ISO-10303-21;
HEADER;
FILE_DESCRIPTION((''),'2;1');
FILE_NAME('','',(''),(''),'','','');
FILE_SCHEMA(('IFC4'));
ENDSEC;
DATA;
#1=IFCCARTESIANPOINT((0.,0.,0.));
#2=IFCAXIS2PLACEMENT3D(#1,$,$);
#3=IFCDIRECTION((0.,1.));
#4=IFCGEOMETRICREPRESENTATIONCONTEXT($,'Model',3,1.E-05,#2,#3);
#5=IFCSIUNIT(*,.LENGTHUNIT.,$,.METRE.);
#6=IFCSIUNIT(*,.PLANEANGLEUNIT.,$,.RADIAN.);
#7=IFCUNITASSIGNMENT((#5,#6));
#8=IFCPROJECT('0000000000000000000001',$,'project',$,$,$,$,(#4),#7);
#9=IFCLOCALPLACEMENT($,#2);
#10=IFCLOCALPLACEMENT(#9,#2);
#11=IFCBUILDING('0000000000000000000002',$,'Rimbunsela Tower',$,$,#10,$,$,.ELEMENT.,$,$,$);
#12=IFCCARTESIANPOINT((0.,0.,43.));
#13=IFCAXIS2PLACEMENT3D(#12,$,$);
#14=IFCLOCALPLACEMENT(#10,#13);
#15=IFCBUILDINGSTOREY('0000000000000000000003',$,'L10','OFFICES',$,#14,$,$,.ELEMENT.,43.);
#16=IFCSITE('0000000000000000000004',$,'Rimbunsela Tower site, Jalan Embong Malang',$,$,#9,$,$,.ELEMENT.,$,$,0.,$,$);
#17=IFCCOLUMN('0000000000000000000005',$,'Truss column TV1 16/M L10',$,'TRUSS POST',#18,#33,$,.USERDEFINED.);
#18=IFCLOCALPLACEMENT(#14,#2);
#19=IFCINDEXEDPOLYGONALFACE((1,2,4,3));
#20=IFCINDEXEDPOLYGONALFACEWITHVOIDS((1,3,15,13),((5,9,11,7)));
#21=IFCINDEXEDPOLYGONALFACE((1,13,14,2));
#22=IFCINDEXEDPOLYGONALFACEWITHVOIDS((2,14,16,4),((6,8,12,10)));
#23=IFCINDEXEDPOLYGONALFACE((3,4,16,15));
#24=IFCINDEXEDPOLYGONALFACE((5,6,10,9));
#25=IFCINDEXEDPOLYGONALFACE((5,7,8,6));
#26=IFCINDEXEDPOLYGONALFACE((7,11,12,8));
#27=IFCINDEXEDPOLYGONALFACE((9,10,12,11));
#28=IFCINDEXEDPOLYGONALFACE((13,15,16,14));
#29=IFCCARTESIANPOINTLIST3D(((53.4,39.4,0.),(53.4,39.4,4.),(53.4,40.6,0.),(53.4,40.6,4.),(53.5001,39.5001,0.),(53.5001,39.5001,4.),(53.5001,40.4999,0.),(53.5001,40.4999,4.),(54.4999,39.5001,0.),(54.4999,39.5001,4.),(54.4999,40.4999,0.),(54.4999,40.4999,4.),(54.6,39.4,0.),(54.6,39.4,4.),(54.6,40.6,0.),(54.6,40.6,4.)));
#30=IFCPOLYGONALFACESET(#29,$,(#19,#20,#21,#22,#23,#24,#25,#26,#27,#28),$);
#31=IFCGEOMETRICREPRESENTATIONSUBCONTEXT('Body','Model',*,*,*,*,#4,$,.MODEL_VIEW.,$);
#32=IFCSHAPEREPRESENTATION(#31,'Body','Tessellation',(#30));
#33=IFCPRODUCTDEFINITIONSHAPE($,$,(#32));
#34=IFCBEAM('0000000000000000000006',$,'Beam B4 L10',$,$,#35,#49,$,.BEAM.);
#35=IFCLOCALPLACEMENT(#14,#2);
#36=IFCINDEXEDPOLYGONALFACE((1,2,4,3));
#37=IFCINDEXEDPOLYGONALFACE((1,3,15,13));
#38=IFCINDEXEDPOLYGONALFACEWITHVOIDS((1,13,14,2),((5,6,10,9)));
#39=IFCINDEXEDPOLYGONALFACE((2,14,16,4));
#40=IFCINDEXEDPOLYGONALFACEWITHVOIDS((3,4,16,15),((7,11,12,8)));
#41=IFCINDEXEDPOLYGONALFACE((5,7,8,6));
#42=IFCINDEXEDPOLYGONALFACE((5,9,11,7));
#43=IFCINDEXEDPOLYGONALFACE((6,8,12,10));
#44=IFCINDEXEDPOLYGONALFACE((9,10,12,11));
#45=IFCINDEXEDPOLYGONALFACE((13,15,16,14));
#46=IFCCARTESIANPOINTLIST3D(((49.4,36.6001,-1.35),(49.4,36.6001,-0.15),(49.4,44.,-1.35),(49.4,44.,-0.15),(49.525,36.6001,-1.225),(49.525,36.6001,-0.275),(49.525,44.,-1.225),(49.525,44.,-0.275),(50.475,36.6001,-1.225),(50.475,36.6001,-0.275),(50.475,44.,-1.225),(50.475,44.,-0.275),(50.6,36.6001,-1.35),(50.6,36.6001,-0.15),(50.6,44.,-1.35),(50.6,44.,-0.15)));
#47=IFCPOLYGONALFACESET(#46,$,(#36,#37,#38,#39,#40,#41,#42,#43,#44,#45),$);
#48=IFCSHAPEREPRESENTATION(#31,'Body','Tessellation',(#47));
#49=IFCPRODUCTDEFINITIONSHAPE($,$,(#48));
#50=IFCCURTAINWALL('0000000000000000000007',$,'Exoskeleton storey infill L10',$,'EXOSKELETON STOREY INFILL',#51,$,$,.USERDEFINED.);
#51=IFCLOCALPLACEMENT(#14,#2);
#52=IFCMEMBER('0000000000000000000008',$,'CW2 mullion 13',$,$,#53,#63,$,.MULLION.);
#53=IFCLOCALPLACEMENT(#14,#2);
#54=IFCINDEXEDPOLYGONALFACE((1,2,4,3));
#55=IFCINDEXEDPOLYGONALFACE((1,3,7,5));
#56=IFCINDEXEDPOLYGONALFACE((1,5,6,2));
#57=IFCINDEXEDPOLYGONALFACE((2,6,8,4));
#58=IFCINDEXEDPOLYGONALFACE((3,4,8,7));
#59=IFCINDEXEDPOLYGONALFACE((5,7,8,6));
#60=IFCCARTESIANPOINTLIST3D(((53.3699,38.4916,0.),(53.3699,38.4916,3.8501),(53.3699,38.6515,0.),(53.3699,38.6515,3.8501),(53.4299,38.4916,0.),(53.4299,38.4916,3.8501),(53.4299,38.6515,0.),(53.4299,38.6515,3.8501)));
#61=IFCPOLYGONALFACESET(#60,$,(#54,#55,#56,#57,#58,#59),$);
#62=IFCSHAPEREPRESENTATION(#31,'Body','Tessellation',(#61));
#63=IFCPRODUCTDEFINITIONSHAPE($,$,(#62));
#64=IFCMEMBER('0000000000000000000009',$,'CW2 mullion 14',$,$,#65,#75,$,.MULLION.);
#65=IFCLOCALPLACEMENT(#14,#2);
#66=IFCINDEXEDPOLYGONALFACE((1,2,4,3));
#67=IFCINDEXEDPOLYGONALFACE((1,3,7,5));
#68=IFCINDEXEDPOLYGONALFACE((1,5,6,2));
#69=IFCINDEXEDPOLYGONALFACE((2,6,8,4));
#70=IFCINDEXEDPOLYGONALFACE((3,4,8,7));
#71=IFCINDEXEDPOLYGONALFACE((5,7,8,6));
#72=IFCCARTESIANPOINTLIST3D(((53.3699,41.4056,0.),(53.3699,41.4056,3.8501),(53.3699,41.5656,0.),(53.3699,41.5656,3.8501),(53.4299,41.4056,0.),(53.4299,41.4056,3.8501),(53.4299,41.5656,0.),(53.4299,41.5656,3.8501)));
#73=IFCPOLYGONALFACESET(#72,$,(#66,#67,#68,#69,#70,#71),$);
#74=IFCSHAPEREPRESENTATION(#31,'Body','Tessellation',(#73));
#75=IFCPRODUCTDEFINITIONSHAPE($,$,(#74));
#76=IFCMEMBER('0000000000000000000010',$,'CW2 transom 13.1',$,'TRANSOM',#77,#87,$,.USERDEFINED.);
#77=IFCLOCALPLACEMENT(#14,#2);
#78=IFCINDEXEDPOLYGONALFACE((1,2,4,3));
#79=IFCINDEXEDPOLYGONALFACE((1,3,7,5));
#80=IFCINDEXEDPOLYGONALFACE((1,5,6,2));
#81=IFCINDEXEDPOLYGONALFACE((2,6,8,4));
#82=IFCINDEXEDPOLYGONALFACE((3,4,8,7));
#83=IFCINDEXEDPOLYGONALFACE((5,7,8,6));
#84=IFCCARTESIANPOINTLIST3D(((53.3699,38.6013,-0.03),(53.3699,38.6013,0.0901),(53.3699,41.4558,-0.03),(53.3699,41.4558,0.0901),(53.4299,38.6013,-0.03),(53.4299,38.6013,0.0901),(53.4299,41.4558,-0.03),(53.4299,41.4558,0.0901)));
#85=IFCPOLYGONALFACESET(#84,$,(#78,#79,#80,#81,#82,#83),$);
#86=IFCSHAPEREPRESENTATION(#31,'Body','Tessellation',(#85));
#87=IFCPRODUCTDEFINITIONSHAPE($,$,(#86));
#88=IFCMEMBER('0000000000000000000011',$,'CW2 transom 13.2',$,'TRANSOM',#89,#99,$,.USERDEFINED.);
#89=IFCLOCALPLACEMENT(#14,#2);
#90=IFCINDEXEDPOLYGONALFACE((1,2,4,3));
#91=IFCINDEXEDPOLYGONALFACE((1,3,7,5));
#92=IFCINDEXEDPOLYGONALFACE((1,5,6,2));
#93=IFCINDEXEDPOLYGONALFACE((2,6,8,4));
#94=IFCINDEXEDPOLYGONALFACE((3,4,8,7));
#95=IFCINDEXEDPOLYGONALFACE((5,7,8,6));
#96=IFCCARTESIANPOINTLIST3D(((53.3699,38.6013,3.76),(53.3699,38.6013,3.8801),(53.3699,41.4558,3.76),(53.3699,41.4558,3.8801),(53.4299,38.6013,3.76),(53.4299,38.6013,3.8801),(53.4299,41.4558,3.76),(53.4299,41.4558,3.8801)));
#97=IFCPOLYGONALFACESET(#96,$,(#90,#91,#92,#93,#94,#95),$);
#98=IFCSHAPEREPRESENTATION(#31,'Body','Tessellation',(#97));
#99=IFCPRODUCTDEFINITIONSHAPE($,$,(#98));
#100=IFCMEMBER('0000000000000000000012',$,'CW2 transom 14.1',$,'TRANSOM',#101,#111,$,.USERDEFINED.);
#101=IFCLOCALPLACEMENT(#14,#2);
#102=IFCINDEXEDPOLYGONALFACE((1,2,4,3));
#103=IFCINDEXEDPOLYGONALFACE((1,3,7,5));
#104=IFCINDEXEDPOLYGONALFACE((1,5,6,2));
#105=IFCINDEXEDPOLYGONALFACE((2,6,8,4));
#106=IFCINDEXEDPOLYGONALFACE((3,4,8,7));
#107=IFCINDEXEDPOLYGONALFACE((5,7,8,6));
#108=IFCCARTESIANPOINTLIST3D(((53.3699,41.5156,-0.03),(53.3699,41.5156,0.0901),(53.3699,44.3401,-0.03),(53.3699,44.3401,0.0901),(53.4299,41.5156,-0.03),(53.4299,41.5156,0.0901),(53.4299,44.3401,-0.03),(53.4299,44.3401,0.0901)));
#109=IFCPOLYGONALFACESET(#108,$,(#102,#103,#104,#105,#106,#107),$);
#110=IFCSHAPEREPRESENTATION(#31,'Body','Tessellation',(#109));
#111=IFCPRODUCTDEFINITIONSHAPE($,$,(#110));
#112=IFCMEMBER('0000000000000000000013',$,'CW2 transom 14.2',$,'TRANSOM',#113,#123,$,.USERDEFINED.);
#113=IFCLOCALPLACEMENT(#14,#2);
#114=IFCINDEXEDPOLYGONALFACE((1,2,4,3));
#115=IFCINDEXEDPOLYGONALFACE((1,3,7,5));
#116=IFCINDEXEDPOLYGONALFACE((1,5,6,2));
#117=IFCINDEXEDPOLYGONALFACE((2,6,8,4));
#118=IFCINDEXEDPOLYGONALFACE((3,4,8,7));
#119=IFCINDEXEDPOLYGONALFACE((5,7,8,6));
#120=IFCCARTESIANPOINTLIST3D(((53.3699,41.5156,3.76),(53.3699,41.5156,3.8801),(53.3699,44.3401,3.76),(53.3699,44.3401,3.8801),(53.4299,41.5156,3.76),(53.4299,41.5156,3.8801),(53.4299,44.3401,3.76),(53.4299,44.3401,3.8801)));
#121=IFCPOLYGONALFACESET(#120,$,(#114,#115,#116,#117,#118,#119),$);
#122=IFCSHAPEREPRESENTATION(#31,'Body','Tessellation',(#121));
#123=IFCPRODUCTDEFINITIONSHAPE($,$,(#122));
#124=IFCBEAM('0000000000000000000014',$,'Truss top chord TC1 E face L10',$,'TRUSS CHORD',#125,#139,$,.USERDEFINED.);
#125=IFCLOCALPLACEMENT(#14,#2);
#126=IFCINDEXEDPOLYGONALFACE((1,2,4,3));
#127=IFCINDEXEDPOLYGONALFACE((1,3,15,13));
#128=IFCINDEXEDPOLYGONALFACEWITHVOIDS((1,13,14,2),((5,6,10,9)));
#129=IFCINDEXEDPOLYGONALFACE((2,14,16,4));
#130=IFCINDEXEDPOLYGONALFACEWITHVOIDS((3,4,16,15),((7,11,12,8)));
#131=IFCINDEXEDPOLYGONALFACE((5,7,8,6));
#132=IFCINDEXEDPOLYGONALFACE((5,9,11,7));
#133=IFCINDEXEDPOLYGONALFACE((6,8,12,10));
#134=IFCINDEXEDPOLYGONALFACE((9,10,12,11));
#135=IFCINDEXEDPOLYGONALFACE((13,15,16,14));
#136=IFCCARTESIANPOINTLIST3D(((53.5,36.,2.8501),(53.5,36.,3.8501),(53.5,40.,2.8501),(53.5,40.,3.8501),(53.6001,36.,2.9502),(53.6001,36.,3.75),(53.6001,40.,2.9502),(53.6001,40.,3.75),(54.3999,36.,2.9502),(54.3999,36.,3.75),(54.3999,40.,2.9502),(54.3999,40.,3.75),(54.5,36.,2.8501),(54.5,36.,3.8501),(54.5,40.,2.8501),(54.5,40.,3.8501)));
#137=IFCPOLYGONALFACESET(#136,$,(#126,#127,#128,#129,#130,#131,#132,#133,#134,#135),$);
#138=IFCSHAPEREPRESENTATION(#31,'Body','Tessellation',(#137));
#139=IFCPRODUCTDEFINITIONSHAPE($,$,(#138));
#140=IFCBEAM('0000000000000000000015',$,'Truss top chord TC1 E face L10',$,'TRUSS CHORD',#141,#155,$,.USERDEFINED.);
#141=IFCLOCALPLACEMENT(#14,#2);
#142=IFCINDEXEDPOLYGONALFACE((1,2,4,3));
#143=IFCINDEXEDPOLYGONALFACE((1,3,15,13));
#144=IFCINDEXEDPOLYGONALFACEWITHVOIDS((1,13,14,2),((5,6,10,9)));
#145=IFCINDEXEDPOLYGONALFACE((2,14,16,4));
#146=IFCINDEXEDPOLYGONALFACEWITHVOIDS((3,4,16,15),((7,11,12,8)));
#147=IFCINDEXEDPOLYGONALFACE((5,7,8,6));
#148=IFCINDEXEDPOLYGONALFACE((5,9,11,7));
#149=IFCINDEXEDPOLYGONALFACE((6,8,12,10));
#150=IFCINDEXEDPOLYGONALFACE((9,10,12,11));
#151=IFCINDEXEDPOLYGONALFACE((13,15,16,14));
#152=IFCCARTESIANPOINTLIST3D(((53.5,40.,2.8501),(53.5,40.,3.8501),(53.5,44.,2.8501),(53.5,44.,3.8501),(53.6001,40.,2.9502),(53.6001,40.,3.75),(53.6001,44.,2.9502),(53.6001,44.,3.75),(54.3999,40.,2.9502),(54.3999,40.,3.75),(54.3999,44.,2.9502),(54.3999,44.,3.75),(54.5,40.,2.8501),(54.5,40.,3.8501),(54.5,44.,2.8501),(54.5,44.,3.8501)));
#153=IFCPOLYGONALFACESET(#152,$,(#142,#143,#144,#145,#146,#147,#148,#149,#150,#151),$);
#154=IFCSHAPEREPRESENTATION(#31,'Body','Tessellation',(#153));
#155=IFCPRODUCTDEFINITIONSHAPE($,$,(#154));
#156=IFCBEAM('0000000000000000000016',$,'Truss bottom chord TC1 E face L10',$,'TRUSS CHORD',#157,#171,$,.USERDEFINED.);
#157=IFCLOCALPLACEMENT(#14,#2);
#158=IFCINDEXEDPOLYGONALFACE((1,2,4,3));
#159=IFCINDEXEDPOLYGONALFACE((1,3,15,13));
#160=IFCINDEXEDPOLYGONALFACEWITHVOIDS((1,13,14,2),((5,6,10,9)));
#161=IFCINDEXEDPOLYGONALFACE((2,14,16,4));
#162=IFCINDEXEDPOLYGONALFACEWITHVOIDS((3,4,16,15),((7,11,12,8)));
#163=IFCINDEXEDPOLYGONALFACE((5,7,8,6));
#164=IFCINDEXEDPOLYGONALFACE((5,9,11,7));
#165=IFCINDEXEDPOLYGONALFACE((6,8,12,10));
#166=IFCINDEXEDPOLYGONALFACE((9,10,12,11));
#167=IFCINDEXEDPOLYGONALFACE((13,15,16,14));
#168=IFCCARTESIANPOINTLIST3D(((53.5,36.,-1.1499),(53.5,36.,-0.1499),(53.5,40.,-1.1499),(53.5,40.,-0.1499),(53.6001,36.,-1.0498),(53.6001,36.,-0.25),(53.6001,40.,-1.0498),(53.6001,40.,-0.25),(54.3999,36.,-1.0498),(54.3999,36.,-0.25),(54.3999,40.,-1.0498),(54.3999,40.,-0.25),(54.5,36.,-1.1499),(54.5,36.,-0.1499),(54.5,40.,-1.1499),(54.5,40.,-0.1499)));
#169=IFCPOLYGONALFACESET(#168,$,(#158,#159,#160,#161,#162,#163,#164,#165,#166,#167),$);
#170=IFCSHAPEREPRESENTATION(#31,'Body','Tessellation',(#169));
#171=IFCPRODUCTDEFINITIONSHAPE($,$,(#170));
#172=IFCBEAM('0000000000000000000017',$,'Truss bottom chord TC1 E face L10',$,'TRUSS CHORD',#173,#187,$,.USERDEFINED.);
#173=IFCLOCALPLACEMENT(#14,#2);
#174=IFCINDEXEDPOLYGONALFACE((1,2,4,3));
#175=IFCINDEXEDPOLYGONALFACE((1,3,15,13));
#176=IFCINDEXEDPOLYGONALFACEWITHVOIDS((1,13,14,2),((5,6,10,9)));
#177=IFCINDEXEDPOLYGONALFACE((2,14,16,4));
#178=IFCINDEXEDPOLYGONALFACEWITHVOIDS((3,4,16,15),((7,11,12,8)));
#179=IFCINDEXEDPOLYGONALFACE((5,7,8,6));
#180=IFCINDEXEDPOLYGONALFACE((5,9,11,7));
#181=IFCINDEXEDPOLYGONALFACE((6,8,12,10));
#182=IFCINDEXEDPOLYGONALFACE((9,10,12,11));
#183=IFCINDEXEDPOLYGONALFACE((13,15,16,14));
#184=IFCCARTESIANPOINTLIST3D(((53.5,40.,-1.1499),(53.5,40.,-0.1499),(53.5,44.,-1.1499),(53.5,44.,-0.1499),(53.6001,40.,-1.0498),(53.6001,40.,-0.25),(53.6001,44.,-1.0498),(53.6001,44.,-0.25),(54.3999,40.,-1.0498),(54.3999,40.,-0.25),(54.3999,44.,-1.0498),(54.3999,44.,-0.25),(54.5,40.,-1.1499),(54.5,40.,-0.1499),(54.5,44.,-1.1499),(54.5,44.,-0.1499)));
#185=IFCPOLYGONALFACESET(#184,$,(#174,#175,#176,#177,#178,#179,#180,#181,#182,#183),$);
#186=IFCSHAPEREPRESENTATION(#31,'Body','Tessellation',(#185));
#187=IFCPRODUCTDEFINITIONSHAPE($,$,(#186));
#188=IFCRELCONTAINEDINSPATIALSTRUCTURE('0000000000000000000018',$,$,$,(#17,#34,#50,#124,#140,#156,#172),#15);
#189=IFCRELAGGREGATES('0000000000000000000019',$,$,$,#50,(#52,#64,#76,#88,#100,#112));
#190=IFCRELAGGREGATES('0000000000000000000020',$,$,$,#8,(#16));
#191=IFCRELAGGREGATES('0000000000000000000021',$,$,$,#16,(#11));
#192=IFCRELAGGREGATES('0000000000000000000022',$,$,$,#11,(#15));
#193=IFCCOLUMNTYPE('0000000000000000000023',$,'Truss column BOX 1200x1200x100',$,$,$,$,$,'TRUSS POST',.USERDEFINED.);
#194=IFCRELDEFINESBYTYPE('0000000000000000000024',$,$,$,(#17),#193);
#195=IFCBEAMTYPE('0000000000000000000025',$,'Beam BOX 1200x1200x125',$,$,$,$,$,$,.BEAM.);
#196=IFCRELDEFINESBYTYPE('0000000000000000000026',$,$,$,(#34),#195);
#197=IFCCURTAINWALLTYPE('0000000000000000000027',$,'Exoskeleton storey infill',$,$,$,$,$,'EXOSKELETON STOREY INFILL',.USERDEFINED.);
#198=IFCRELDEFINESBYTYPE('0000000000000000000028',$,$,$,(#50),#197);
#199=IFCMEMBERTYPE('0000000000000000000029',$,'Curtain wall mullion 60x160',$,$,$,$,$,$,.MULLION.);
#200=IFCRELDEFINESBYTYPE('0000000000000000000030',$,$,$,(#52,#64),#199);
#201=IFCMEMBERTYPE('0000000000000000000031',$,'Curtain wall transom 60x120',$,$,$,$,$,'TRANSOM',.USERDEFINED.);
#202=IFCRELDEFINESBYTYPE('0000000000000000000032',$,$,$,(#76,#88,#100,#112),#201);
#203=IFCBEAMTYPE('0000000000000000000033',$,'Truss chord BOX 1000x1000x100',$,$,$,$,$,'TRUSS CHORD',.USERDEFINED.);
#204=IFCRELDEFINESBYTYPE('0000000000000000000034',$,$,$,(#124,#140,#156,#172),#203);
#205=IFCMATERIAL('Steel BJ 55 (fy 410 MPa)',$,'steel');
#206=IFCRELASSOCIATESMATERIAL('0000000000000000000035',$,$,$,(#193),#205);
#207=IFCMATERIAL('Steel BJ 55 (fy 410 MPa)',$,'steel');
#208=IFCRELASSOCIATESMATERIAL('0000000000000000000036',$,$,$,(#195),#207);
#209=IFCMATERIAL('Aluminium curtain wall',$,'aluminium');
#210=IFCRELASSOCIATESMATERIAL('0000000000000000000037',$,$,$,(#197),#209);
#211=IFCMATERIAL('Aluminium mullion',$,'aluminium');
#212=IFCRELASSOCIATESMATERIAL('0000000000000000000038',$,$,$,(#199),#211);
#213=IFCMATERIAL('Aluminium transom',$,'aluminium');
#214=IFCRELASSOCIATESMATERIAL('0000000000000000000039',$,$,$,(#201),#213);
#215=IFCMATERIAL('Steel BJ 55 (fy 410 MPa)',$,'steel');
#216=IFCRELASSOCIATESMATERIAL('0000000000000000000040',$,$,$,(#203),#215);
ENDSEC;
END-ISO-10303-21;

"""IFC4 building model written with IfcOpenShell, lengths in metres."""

from ifc_helpers import new_model, si_unit, direction, frame, origin, origin_2d, place, context, subcontext, project, spatial, rectangle, hollow_rectangle, extrude, material, material_profile, profile_set, type_object, element, aggregate, save


model = new_model("IFC4")

# Units and contexts
model_context = context("Model", 3, precision=1e-05, world=origin(), true_north=direction((0.0, 1.0)))
body_context = subcontext(model_context, "Body", "Model", "MODEL_VIEW")
ifc_project = project(units=[si_unit("LENGTHUNIT", "METRE"), si_unit("PLANEANGLEUNIT", "RADIAN")], contexts=[model_context])

# Site, building, storey
site_placement = place(None, origin())
site = spatial("IfcSite", under=ifc_project, at=site_placement, Name="Rimbunsela Tower site, Jalan Embong Malang", CompositionType="ELEMENT", RefElevation=0.0)
building_placement = place(site_placement, origin())
building = spatial("IfcBuilding", under=site, at=building_placement, Name="Rimbunsela Tower", CompositionType="ELEMENT")
storey_placement = place(building_placement, frame((0.0, 0.0, 43.0)))
storey = spatial("IfcBuildingStorey", under=building, at=storey_placement, Name="L10", Description="OFFICES", CompositionType="ELEMENT", Elevation=43.0)

# Column
ifc_material_1 = material(Name="Steel BJ 55 (fy 410 MPa)", Category="steel")
ifc_material_profile_1 = material_profile(ifc_material_1, hollow_rectangle(XDim=1.2, YDim=1.2, WallThickness=0.1001, at=origin_2d()), Name="BOX 1200x1200x100")
ifc_profile_set_1 = profile_set([ifc_material_profile_1], Name="Steel BJ 55 (fy 410 MPa)")
column_type = type_object("IfcColumnType", Name="Truss column BOX 1200x1200x100", ElementType="TRUSS POST", PredefinedType="USERDEFINED", material=ifc_profile_set_1)
column_placement = place(storey_placement, frame((54.0, 40.0, 0.0), z_axis=(0.0, 0.0, 1.0), x_axis=(1.0, 0.0, 0.0)))
element("IfcColumn", 1, at=column_placement, inside=storey, type_object=column_type, Name="Truss column TV1 16/M L10", ObjectType="TRUSS POST", PredefinedType="USERDEFINED", context=body_context, shape_type="SweptSolid", body=[
    extrude(hollow_rectangle(XDim=1.2, YDim=1.2, WallThickness=0.1001, at=origin_2d()), origin(), (0.0, 0.0, 1.0), 4.0),
])

# Beam
ifc_material_2 = material(Name="Steel BJ 55 (fy 410 MPa)", Category="steel")
ifc_material_profile_2 = material_profile(ifc_material_2, hollow_rectangle(XDim=1.2, YDim=1.2, WallThickness=0.125, at=origin_2d()), Name="BOX 1200x1200x125")
ifc_profile_set_2 = profile_set([ifc_material_profile_2], Name="Steel BJ 55 (fy 410 MPa)")
beam_type_1 = type_object("IfcBeamType", Name="Beam BOX 1200x1200x125", PredefinedType="BEAM", material=ifc_profile_set_2)
beam_placement = place(storey_placement, frame((50.0, 36.6001, -0.75), z_axis=(0.0, 1.0, 0.0), x_axis=(-1.0, 0.0, 0.0)))
element("IfcBeam", 2, at=beam_placement, inside=storey, type_object=beam_type_1, Name="Beam B4 L10", PredefinedType="BEAM", context=body_context, shape_type="SweptSolid", body=[
    extrude(hollow_rectangle(XDim=1.2, YDim=1.2, WallThickness=0.125, at=origin_2d()), origin(), (0.0, 0.0, 1.0), 7.3999),
])

# Curtain wall, members
ifc_material_3 = material(Name="Aluminium curtain wall", Category="aluminium")
curtain_wall_type = type_object("IfcCurtainWallType", Name="Exoskeleton storey infill", ElementType="EXOSKELETON STOREY INFILL", PredefinedType="USERDEFINED", material=ifc_material_3)
curtain_wall_placement = place(storey_placement, origin())
curtain_wall = element("IfcCurtainWall", 3, at=curtain_wall_placement, inside=storey, type_object=curtain_wall_type, Name="Exoskeleton storey infill L10", ObjectType="EXOSKELETON STOREY INFILL", PredefinedType="USERDEFINED")
ifc_material_4 = material(Name="Aluminium mullion", Category="aluminium")
ifc_material_profile_3 = material_profile(ifc_material_4, rectangle(XDim=0.0601, YDim=0.1599, at=origin_2d()), Name="Mullion 60x160")
ifc_profile_set_3 = profile_set([ifc_material_profile_3], Name="Aluminium mullion")
member_type_1 = type_object("IfcMemberType", Name="Curtain wall mullion 60x160", PredefinedType="MULLION", material=ifc_profile_set_3)
member_1_placement = place(storey_placement, frame((53.3999, 38.5715, 0.0), z_axis=(0.0, 0.0, 1.0), x_axis=(-1.0, 0.0, 0.0)))
member_1 = element("IfcMember", 4, at=member_1_placement, type_object=member_type_1, Name="CW2 mullion 13", PredefinedType="MULLION", context=body_context, shape_type="SweptSolid", body=[
    extrude(rectangle(XDim=0.0601, YDim=0.1599, at=origin_2d()), origin(), (0.0, 0.0, 1.0), 3.8501),
])
member_2_placement = place(storey_placement, frame((53.3999, 41.4856, 0.0), z_axis=(0.0, 0.0, 1.0), x_axis=(-1.0, 0.0, 0.0)))
member_2 = element("IfcMember", 5, at=member_2_placement, type_object=member_type_1, Name="CW2 mullion 14", PredefinedType="MULLION", context=body_context, shape_type="SweptSolid", body=[
    extrude(rectangle(XDim=0.0601, YDim=0.1599, at=origin_2d()), origin(), (0.0, 0.0, 1.0), 3.8501),
])
ifc_material_5 = material(Name="Aluminium transom", Category="aluminium")
ifc_material_profile_4 = material_profile(ifc_material_5, rectangle(XDim=0.0601, YDim=0.1201, at=origin_2d()), Name="Transom 60x120")
ifc_profile_set_4 = profile_set([ifc_material_profile_4], Name="Aluminium transom")
member_type_2 = type_object("IfcMemberType", Name="Curtain wall transom 60x120", ElementType="TRANSOM", PredefinedType="USERDEFINED", material=ifc_profile_set_4)
member_3_placement = place(storey_placement, frame((53.3999, 38.6013, 0.03), z_axis=(0.0, 1.0, 0.0), x_axis=(-1.0, 0.0, 0.0)))
member_3 = element("IfcMember", 6, at=member_3_placement, type_object=member_type_2, Name="CW2 transom 13.1", ObjectType="TRANSOM", PredefinedType="USERDEFINED", context=body_context, shape_type="SweptSolid", body=[
    extrude(rectangle(XDim=0.0601, YDim=0.1201, at=origin_2d()), origin(), (0.0, 0.0, 1.0), 2.8545),
])
member_4_placement = place(storey_placement, frame((53.3999, 38.6013, 3.8201), z_axis=(0.0, 1.0, 0.0), x_axis=(-1.0, 0.0, 0.0)))
member_4 = element("IfcMember", 7, at=member_4_placement, type_object=member_type_2, Name="CW2 transom 13.2", ObjectType="TRANSOM", PredefinedType="USERDEFINED", context=body_context, shape_type="SweptSolid", body=[
    extrude(rectangle(XDim=0.0601, YDim=0.1201, at=origin_2d()), origin(), (0.0, 0.0, 1.0), 2.8545),
])
member_5_placement = place(storey_placement, frame((53.3999, 41.5156, 0.03), z_axis=(0.0, 1.0, 0.0), x_axis=(-1.0, 0.0, 0.0)))
member_5 = element("IfcMember", 8, at=member_5_placement, type_object=member_type_2, Name="CW2 transom 14.1", ObjectType="TRANSOM", PredefinedType="USERDEFINED", context=body_context, shape_type="SweptSolid", body=[
    extrude(rectangle(XDim=0.0601, YDim=0.1201, at=origin_2d()), origin(), (0.0, 0.0, 1.0), 2.8245),
])
member_6_placement = place(storey_placement, frame((53.3999, 41.5156, 3.8201), z_axis=(0.0, 1.0, 0.0), x_axis=(-1.0, 0.0, 0.0)))
member_6 = element("IfcMember", 9, at=member_6_placement, type_object=member_type_2, Name="CW2 transom 14.2", ObjectType="TRANSOM", PredefinedType="USERDEFINED", context=body_context, shape_type="SweptSolid", body=[
    extrude(rectangle(XDim=0.0601, YDim=0.1201, at=origin_2d()), origin(), (0.0, 0.0, 1.0), 2.8245),
])

# Beams
ifc_material_6 = material(Name="Steel BJ 55 (fy 410 MPa)", Category="steel")
ifc_material_profile_5 = material_profile(ifc_material_6, hollow_rectangle(XDim=1.0, YDim=1.0, WallThickness=0.1001, at=origin_2d()), Name="BOX 1000x1000x100")
ifc_profile_set_5 = profile_set([ifc_material_profile_5], Name="Steel BJ 55 (fy 410 MPa)")
beam_type_2 = type_object("IfcBeamType", Name="Truss chord BOX 1000x1000x100", ElementType="TRUSS CHORD", PredefinedType="USERDEFINED", material=ifc_profile_set_5)
for number, where, z_axis, x_axis, name in (
    (10, (54.0, 36.0, 3.3501), (0.0, 1.0, 0.0), (-1.0, 0.0, 0.0), "Truss top chord TC1 E face L10"),
    (11, (54.0, 40.0, 3.3501), (0.0, 1.0, 0.0), (-1.0, 0.0, 0.0), "Truss top chord TC1 E face L10"),
    (12, (54.0, 36.0, -0.6499), (0.0, 1.0, 0.0), (-1.0, 0.0, 0.0), "Truss bottom chord TC1 E face L10"),
    (13, (54.0, 40.0, -0.6499), (0.0, 1.0, 0.0), (-1.0, 0.0, 0.0), "Truss bottom chord TC1 E face L10"),
):
    element("IfcBeam", number, at=place(storey_placement, frame(where, z_axis=z_axis, x_axis=x_axis)), inside=storey, type_object=beam_type_2, Name=name, ObjectType="TRUSS CHORD", PredefinedType="USERDEFINED", context=body_context, shape_type="SweptSolid", body=[
        extrude(hollow_rectangle(XDim=1.0, YDim=1.0, WallThickness=0.1001, at=origin_2d()), origin(), (0.0, 0.0, 1.0), 4.0),
    ])

aggregate(curtain_wall, [member_1, member_2, member_3, member_4, member_5, member_6])

save(model, "model.ifc")
